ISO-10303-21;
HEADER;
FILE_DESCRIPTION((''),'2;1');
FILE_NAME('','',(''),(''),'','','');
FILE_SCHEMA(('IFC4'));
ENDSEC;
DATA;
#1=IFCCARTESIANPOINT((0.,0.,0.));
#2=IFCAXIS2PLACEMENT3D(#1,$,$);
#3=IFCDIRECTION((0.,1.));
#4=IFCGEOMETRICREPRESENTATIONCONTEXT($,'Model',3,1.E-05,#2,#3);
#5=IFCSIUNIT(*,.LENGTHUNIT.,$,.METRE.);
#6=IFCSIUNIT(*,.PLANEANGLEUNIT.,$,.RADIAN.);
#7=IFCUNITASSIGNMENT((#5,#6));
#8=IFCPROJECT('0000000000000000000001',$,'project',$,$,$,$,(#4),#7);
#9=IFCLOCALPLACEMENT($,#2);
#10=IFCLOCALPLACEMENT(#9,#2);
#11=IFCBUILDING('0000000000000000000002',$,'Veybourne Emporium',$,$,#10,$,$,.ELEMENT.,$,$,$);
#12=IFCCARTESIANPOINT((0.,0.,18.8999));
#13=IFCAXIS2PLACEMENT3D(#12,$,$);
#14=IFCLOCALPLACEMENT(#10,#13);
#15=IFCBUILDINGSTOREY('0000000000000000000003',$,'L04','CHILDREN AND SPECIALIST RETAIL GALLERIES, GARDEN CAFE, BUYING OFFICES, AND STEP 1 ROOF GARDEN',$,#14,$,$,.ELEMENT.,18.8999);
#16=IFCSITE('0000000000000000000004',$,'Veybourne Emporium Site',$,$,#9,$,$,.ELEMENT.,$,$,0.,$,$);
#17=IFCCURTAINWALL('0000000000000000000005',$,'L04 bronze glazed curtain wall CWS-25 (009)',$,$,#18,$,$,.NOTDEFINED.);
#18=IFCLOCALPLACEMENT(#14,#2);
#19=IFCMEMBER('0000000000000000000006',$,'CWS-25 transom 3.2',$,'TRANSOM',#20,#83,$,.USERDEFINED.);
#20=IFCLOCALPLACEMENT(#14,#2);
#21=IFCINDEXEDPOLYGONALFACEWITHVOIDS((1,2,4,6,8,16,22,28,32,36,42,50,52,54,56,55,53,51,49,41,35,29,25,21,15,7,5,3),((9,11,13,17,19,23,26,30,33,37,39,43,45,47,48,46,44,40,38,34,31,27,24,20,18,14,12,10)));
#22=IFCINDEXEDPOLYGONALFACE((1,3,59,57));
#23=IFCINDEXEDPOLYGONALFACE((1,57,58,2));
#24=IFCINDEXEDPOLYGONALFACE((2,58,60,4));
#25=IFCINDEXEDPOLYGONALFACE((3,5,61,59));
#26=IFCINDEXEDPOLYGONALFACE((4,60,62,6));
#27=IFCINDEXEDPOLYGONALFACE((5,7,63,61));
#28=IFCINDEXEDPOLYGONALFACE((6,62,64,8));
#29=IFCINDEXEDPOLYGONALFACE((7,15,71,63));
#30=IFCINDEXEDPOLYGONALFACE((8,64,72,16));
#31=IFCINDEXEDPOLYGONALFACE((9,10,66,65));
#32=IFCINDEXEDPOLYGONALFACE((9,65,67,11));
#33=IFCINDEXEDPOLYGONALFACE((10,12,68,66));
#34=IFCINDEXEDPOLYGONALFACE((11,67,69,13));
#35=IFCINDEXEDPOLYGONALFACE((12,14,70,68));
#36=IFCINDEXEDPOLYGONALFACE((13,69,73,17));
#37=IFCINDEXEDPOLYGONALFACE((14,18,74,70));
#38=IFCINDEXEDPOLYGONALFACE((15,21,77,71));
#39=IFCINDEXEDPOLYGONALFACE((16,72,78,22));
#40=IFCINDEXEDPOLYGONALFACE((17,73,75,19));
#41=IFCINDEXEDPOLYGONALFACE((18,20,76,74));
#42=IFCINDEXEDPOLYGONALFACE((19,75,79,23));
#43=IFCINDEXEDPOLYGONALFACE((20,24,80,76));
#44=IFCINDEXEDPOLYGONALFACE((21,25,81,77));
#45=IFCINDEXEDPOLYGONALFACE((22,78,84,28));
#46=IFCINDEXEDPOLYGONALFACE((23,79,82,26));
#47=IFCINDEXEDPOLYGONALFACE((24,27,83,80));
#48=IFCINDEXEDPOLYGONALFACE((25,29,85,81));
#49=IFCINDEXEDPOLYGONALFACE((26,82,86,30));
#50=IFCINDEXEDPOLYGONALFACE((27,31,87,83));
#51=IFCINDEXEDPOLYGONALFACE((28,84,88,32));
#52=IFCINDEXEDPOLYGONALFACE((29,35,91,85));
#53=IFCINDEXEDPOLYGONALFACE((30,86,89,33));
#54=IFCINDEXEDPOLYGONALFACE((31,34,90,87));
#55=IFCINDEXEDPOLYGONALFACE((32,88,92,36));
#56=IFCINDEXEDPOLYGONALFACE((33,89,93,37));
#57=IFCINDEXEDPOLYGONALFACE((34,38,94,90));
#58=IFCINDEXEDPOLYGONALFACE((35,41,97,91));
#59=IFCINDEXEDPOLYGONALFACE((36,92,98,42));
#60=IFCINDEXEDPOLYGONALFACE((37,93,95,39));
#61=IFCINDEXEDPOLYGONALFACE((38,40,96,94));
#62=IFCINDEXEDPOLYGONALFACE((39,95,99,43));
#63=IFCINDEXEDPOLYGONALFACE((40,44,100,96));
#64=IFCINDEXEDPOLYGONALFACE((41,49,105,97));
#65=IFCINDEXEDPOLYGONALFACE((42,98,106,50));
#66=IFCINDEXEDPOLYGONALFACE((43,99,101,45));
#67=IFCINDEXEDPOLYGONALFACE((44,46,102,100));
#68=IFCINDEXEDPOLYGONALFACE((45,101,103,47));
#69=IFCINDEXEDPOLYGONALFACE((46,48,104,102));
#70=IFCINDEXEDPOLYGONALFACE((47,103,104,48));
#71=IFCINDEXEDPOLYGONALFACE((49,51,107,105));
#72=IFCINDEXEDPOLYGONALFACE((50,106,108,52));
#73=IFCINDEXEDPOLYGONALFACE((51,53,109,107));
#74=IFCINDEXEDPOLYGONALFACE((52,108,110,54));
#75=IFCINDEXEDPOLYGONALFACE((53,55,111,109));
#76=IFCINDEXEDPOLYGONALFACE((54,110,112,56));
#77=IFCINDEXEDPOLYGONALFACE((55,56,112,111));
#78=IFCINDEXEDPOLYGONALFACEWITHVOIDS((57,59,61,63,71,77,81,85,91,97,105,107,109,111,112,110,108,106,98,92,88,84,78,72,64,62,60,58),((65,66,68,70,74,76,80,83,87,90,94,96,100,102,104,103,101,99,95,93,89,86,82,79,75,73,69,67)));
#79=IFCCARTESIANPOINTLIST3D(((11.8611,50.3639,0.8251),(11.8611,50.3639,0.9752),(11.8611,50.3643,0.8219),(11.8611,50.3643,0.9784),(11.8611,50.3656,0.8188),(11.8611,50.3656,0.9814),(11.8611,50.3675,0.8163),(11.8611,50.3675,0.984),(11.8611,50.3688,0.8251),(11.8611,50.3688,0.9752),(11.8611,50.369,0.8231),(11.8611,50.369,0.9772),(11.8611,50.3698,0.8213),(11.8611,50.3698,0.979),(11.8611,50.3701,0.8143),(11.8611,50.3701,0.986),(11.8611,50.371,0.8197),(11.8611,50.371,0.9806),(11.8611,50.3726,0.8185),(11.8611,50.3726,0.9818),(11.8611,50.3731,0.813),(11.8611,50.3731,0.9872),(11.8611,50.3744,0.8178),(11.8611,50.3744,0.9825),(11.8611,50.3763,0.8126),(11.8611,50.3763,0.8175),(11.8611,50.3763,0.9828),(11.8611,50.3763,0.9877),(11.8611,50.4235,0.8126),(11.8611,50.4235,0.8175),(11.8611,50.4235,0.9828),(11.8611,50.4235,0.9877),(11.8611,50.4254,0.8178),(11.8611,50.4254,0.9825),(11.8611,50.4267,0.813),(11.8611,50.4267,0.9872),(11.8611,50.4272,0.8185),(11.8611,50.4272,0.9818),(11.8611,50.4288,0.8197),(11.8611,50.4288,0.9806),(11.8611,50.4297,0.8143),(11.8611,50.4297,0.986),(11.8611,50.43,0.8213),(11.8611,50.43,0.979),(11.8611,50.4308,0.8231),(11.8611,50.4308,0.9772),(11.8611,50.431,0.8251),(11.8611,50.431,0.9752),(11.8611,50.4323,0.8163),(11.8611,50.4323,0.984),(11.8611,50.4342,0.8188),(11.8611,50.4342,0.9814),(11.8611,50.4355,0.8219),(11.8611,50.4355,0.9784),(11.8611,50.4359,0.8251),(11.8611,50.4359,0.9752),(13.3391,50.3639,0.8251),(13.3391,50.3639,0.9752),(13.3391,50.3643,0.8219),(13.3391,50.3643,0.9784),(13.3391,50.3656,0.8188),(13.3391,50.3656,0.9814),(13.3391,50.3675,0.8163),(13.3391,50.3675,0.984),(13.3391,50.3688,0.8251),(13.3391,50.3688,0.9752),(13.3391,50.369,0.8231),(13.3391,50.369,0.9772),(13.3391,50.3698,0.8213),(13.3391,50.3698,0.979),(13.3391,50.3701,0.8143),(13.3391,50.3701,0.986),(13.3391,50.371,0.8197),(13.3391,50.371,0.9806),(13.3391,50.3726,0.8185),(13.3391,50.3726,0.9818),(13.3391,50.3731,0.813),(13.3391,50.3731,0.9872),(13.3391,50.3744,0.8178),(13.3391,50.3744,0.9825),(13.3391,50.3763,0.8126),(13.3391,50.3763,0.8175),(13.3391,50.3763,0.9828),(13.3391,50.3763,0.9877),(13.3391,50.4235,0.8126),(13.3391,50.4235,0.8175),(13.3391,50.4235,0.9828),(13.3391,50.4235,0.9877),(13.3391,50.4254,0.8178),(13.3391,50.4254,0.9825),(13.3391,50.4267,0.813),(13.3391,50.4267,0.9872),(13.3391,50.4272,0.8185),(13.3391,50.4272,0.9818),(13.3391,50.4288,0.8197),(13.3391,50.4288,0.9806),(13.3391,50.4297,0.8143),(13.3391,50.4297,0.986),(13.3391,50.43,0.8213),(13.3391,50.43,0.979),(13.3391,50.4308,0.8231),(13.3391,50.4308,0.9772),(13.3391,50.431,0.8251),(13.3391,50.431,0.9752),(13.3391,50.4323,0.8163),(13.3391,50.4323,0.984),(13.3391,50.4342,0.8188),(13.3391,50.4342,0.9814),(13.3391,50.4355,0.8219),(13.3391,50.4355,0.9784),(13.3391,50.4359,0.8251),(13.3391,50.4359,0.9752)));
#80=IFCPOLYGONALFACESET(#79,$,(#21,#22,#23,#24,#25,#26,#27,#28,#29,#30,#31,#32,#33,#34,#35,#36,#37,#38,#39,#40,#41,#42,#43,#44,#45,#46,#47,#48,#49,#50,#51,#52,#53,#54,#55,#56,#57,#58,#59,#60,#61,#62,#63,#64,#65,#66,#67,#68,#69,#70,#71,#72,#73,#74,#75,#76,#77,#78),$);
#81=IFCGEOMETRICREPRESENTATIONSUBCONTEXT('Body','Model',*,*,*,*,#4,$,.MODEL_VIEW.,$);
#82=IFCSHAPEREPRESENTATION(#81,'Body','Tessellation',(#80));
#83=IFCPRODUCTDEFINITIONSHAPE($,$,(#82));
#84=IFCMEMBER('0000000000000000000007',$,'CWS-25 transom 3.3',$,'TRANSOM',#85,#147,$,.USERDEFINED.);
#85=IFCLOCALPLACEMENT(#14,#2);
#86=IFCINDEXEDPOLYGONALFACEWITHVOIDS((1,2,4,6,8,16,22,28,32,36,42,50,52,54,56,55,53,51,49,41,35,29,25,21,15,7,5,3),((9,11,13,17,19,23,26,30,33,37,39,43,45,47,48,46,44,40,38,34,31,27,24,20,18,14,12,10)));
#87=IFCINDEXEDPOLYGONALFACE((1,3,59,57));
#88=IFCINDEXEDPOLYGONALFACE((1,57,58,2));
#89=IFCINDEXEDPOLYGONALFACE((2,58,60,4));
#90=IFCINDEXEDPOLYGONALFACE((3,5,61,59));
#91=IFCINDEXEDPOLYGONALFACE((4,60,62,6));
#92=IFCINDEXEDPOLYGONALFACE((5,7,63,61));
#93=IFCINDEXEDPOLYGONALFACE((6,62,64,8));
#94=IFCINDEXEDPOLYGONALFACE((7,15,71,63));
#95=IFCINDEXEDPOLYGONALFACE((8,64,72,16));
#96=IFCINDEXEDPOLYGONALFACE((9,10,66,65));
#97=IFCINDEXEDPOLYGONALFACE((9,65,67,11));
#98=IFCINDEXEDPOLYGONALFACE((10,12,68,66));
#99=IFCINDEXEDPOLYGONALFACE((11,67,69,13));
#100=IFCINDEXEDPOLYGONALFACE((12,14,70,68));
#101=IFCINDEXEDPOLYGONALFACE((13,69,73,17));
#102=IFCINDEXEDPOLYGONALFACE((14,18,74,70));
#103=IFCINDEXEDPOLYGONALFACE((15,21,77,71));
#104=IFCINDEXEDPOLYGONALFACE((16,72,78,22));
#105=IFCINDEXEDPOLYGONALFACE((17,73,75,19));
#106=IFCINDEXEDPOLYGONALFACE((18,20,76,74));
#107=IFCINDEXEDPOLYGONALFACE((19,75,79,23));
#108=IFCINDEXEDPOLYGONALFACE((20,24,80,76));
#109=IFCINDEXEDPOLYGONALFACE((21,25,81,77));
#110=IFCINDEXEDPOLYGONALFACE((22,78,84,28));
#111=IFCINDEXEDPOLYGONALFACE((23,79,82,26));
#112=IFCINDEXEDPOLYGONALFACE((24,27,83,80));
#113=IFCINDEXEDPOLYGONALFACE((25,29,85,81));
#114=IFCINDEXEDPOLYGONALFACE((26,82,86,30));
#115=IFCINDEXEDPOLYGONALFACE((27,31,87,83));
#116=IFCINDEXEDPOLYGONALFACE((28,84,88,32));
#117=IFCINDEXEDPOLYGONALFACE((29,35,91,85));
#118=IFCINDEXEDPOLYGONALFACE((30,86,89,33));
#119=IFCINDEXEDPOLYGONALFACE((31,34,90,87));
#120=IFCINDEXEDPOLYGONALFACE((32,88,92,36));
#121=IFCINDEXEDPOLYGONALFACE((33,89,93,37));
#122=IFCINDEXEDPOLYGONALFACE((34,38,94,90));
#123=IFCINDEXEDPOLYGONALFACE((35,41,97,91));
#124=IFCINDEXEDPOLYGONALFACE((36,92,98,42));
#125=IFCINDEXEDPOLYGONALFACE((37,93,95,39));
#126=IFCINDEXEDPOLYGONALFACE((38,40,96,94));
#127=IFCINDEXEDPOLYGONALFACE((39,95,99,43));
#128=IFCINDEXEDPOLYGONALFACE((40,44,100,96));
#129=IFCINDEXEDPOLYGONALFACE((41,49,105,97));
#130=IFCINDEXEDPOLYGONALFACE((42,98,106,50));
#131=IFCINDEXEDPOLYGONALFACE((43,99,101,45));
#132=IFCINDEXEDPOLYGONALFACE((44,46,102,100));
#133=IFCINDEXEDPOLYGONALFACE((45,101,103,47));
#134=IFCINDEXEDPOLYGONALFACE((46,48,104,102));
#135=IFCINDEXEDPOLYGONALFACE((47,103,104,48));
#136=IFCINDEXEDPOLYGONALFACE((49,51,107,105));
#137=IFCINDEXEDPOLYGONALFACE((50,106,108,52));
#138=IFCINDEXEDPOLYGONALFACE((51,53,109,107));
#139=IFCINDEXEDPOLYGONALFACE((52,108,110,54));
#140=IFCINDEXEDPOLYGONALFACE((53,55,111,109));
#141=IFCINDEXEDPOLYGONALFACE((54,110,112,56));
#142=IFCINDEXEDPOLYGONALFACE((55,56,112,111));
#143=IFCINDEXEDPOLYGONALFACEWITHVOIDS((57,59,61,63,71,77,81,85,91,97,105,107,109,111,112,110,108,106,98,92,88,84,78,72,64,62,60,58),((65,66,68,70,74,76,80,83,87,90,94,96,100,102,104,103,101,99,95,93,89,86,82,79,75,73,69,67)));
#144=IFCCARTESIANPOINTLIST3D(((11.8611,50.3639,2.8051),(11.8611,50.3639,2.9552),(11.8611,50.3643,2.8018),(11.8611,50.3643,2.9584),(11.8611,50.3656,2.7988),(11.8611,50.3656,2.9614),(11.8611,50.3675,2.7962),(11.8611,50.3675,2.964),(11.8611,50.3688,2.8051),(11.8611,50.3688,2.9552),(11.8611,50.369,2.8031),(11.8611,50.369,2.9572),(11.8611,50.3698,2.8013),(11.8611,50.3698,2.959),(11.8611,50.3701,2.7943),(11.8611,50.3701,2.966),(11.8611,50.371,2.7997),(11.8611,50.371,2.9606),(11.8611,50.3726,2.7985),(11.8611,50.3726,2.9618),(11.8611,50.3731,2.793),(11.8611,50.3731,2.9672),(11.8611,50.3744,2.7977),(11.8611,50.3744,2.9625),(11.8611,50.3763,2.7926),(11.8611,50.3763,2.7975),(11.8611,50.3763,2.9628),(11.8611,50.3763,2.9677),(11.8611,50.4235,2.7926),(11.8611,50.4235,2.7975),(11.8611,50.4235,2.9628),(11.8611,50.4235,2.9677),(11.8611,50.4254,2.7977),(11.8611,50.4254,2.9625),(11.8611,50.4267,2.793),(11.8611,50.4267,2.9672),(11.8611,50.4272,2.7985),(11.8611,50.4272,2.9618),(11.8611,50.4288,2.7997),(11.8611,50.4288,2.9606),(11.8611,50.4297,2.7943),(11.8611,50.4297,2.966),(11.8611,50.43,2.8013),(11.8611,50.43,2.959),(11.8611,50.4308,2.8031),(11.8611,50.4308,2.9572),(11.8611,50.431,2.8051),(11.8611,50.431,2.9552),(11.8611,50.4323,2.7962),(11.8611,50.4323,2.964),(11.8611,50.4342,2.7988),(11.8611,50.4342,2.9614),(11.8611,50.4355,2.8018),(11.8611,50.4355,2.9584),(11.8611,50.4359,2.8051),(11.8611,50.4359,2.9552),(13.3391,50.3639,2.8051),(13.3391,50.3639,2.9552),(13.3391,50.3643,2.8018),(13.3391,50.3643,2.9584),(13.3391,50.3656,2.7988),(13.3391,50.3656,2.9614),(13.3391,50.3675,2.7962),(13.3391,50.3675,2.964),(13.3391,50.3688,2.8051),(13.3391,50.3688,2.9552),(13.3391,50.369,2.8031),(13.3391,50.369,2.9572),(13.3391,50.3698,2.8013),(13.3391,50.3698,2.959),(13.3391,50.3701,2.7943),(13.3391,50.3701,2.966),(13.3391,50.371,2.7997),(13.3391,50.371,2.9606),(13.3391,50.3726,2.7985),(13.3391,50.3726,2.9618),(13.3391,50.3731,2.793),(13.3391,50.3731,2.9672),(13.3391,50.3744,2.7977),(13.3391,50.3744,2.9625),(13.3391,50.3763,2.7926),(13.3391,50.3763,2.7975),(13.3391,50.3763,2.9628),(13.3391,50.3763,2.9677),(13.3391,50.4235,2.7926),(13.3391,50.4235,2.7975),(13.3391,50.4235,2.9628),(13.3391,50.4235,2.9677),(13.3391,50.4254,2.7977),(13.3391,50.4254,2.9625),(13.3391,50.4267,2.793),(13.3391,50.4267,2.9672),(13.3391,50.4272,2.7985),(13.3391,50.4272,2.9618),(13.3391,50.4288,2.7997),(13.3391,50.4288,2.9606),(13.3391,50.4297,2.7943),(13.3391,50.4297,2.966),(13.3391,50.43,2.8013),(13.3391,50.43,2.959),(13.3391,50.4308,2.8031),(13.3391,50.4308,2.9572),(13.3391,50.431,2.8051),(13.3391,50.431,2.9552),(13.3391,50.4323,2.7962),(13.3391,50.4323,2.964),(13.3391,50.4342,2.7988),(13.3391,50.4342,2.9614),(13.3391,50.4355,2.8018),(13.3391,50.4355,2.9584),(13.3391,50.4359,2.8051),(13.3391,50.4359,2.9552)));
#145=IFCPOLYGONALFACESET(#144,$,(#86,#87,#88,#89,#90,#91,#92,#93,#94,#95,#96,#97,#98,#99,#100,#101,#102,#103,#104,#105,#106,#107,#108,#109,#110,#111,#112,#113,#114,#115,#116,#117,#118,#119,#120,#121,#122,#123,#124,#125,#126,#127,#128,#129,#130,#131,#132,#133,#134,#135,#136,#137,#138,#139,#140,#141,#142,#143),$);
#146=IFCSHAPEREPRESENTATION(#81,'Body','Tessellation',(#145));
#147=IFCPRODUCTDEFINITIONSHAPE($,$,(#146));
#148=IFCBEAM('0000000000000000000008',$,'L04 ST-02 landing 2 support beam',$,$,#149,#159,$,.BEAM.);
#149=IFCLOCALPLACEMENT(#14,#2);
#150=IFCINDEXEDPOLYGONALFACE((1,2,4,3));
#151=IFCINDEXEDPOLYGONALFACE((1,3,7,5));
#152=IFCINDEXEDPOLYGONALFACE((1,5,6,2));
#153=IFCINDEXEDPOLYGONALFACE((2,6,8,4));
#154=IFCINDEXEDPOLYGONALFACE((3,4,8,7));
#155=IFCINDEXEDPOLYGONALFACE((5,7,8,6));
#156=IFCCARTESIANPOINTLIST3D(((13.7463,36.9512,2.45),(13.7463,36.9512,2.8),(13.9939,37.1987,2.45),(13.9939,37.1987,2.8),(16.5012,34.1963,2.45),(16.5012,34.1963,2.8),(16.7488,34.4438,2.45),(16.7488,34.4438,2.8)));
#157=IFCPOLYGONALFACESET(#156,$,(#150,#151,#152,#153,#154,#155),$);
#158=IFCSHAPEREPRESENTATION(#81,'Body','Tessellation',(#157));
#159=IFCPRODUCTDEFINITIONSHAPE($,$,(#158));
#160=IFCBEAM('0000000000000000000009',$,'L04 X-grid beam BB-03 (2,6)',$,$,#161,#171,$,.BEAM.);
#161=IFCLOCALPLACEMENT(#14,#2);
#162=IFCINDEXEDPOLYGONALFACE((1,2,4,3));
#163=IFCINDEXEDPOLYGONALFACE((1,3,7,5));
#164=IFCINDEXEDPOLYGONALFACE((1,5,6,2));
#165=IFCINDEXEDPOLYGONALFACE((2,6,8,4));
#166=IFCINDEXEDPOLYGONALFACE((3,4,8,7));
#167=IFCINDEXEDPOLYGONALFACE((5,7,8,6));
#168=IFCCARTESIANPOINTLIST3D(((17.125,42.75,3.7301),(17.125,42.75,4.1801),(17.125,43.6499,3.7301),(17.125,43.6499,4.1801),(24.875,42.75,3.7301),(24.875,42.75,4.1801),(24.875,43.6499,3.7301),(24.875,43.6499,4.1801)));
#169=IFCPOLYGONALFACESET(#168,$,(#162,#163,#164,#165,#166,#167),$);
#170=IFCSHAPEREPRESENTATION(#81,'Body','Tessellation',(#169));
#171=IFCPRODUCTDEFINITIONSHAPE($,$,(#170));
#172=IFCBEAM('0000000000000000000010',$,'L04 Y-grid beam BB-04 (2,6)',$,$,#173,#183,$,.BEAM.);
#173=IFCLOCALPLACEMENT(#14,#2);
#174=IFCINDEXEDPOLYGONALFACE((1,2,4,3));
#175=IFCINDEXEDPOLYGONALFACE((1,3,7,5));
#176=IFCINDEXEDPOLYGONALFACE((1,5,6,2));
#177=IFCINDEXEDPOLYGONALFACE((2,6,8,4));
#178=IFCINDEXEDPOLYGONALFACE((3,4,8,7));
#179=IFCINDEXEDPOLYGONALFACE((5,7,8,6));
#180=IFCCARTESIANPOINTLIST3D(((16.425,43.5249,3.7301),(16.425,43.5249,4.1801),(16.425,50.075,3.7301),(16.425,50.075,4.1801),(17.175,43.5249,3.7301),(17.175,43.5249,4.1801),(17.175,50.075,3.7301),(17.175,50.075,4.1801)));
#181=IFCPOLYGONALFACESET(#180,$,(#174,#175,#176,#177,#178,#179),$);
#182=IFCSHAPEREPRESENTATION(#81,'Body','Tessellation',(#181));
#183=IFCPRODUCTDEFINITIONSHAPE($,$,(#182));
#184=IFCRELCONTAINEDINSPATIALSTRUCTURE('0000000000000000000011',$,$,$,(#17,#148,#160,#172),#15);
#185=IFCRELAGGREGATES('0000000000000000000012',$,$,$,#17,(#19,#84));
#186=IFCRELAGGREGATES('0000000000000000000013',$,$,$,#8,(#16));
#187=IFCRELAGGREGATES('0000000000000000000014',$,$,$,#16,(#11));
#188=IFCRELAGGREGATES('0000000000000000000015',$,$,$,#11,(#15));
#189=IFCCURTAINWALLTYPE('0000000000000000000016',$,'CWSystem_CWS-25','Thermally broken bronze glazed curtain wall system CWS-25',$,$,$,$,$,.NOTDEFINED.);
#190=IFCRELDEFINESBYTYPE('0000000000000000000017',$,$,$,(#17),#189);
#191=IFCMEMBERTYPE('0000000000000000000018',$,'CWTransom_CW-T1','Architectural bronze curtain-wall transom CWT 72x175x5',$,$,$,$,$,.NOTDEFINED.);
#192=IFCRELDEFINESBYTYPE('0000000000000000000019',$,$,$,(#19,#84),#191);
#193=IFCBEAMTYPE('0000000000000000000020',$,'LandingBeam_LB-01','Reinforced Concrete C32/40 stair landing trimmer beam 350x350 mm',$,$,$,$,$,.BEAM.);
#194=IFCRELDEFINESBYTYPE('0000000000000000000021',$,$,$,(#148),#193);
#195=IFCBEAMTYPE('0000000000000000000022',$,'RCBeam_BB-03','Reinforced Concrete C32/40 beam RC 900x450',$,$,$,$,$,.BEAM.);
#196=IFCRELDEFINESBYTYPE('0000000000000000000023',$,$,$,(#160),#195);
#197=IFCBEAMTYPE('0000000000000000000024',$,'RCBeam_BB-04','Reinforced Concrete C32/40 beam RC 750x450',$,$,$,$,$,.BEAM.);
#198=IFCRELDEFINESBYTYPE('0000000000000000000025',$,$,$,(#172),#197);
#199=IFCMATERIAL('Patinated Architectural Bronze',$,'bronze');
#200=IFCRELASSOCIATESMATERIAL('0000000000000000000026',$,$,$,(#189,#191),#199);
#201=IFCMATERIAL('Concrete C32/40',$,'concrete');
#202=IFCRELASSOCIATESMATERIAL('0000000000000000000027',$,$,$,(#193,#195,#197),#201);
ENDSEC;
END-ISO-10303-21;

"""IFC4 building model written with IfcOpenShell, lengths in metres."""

from ifc_helpers import new_model, si_unit, direction, frame, origin, origin_2d, place, context, subcontext, project, spatial, rectangle, hollow_rectangle, extrude, material, material_profile, profile_set, type_object, element, aggregate, save


model = new_model("IFC4")

# Units and contexts
model_context = context("Model", 3, precision=1e-05, world=origin(), true_north=direction((0.0, 1.0)))
body_context = subcontext(model_context, "Body", "Model", "MODEL_VIEW")
ifc_project = project(units=[si_unit("LENGTHUNIT", "METRE"), si_unit("PLANEANGLEUNIT", "RADIAN")], contexts=[model_context])

# Site, building, storey
site_placement = place(None, origin())
site = spatial("IfcSite", under=ifc_project, at=site_placement, Name="Veybourne Emporium Site", CompositionType="ELEMENT", RefElevation=0.0)
building_placement = place(site_placement, origin())
building = spatial("IfcBuilding", under=site, at=building_placement, Name="Veybourne Emporium", CompositionType="ELEMENT")
storey_placement = place(building_placement, frame((0.0, 0.0, 18.8999)))
storey = spatial("IfcBuildingStorey", under=building, at=storey_placement, Name="L04", Description="CHILDREN AND SPECIALIST RETAIL GALLERIES, GARDEN CAFE, BUYING OFFICES, AND STEP 1 ROOF GARDEN", CompositionType="ELEMENT", Elevation=18.8999)

# Curtain wall, members
ifc_material_1 = material(Name="Patinated Architectural Bronze", Category="bronze")
curtain_wall_type = type_object("IfcCurtainWallType", Name="CWSystem_CWS-25", Description="Thermally broken bronze glazed curtain wall system CWS-25", PredefinedType="NOTDEFINED", material=ifc_material_1)
curtain_wall_placement = place(storey_placement, origin())
curtain_wall = element("IfcCurtainWall", 1, at=curtain_wall_placement, inside=storey, type_object=curtain_wall_type, Name="L04 bronze glazed curtain wall CWS-25 (009)", PredefinedType="NOTDEFINED")
ifc_material_profile_1 = material_profile(ifc_material_1, hollow_rectangle(XDim=0.072, YDim=0.175, WallThickness=0.0049, InnerFilletRadius=0.0076, OuterFilletRadius=0.0125, at=origin_2d()), Name="CWT 72x175x5")
ifc_profile_set_1 = profile_set([ifc_material_profile_1], Name="Patinated Architectural Bronze")
member_type_1 = type_object("IfcMemberType", Name="CWTransom_CW-T1", Description="Architectural bronze curtain-wall transom CWT 72x175x5", PredefinedType="NOTDEFINED", material=ifc_profile_set_1)
member_1_placement = place(storey_placement, frame((11.8611, 50.3999, 0.9001), z_axis=(1.0, 0.0, 0.0), x_axis=(0.0, 1.0, 0.0)))
member_1 = element("IfcMember", 2, at=member_1_placement, type_object=member_type_1, Name="CWS-25 transom 3.2", ObjectType="TRANSOM", PredefinedType="USERDEFINED", context=body_context, shape_type="SweptSolid", body=[
    extrude(hollow_rectangle(XDim=0.072, YDim=0.175, WallThickness=0.0049, InnerFilletRadius=0.0076, OuterFilletRadius=0.0125, at=origin_2d()), origin(), (0.0, 0.0, 1.0), 1.478),
])
member_2_placement = place(storey_placement, frame((11.8611, 50.3999, 2.8801), z_axis=(1.0, 0.0, 0.0), x_axis=(0.0, 1.0, 0.0)))
member_2 = element("IfcMember", 3, at=member_2_placement, type_object=member_type_1, Name="CWS-25 transom 3.3", ObjectType="TRANSOM", PredefinedType="USERDEFINED", context=body_context, shape_type="SweptSolid", body=[
    extrude(hollow_rectangle(XDim=0.072, YDim=0.175, WallThickness=0.0049, InnerFilletRadius=0.0076, OuterFilletRadius=0.0125, at=origin_2d()), origin(), (0.0, 0.0, 1.0), 1.478),
])
aggregate(curtain_wall, [member_1, member_2])

# Beams
ifc_material_2 = material(Name="Concrete C32/40", Category="concrete")
ifc_material_profile_2 = material_profile(ifc_material_2, rectangle(XDim=0.3501, YDim=0.3501, at=origin_2d()), Name="RC 350x350")
ifc_profile_set_2 = profile_set([ifc_material_profile_2], Name="Concrete C32/40")
beam_type_1 = type_object("IfcBeamType", Name="LandingBeam_LB-01", Description="Reinforced Concrete C32/40 stair landing trimmer beam 350x350 mm", PredefinedType="BEAM", material=ifc_profile_set_2)
beam_1_placement = place(storey_placement, frame((13.8701, 37.075, 2.625), z_axis=(0.707107, -0.707107, 0.0), x_axis=(0.707107, 0.707107, 0.0)))
element("IfcBeam", 4, at=beam_1_placement, inside=storey, type_object=beam_type_1, Name="L04 ST-02 landing 2 support beam", PredefinedType="BEAM", context=body_context, shape_type="SweptSolid", body=[
    extrude(rectangle(XDim=0.3501, YDim=0.3501, at=origin_2d()), origin(), (0.0, 0.0, 1.0), 3.896),
])
ifc_material_profile_3 = material_profile(ifc_material_2, rectangle(XDim=0.8999, YDim=0.45, at=origin_2d()), Name="RC 900x450")
ifc_profile_set_3 = profile_set([ifc_material_profile_3], Name="Concrete C32/40")
beam_type_2 = type_object("IfcBeamType", Name="RCBeam_BB-03", Description="Reinforced Concrete C32/40 beam RC 900x450", PredefinedType="BEAM", material=ifc_profile_set_3)
beam_2_placement = place(storey_placement, frame((17.125, 43.2, 3.9551), z_axis=(1.0, 0.0, 0.0), x_axis=(0.0, 1.0, 0.0)))
element("IfcBeam", 5, at=beam_2_placement, inside=storey, type_object=beam_type_2, Name="L04 X-grid beam BB-03 (2,6)", PredefinedType="BEAM", context=body_context, shape_type="SweptSolid", body=[
    extrude(rectangle(XDim=0.8999, YDim=0.45, at=origin_2d()), origin(), (0.0, 0.0, 1.0), 7.75),
])
ifc_material_profile_4 = material_profile(ifc_material_2, rectangle(XDim=0.75, YDim=0.45, at=origin_2d()), Name="RC 750x450")
ifc_profile_set_4 = profile_set([ifc_material_profile_4], Name="Concrete C32/40")
beam_type_3 = type_object("IfcBeamType", Name="RCBeam_BB-04", Description="Reinforced Concrete C32/40 beam RC 750x450", PredefinedType="BEAM", material=ifc_profile_set_4)
beam_3_placement = place(storey_placement, frame((16.8, 43.5249, 3.9551), z_axis=(0.0, 1.0, 0.0), x_axis=(-1.0, 0.0, 0.0)))
element("IfcBeam", 6, at=beam_3_placement, inside=storey, type_object=beam_type_3, Name="L04 Y-grid beam BB-04 (2,6)", PredefinedType="BEAM", context=body_context, shape_type="SweptSolid", body=[
    extrude(rectangle(XDim=0.75, YDim=0.45, at=origin_2d()), origin(), (0.0, 0.0, 1.0), 6.55),
])

save(model, "model.ifc")
